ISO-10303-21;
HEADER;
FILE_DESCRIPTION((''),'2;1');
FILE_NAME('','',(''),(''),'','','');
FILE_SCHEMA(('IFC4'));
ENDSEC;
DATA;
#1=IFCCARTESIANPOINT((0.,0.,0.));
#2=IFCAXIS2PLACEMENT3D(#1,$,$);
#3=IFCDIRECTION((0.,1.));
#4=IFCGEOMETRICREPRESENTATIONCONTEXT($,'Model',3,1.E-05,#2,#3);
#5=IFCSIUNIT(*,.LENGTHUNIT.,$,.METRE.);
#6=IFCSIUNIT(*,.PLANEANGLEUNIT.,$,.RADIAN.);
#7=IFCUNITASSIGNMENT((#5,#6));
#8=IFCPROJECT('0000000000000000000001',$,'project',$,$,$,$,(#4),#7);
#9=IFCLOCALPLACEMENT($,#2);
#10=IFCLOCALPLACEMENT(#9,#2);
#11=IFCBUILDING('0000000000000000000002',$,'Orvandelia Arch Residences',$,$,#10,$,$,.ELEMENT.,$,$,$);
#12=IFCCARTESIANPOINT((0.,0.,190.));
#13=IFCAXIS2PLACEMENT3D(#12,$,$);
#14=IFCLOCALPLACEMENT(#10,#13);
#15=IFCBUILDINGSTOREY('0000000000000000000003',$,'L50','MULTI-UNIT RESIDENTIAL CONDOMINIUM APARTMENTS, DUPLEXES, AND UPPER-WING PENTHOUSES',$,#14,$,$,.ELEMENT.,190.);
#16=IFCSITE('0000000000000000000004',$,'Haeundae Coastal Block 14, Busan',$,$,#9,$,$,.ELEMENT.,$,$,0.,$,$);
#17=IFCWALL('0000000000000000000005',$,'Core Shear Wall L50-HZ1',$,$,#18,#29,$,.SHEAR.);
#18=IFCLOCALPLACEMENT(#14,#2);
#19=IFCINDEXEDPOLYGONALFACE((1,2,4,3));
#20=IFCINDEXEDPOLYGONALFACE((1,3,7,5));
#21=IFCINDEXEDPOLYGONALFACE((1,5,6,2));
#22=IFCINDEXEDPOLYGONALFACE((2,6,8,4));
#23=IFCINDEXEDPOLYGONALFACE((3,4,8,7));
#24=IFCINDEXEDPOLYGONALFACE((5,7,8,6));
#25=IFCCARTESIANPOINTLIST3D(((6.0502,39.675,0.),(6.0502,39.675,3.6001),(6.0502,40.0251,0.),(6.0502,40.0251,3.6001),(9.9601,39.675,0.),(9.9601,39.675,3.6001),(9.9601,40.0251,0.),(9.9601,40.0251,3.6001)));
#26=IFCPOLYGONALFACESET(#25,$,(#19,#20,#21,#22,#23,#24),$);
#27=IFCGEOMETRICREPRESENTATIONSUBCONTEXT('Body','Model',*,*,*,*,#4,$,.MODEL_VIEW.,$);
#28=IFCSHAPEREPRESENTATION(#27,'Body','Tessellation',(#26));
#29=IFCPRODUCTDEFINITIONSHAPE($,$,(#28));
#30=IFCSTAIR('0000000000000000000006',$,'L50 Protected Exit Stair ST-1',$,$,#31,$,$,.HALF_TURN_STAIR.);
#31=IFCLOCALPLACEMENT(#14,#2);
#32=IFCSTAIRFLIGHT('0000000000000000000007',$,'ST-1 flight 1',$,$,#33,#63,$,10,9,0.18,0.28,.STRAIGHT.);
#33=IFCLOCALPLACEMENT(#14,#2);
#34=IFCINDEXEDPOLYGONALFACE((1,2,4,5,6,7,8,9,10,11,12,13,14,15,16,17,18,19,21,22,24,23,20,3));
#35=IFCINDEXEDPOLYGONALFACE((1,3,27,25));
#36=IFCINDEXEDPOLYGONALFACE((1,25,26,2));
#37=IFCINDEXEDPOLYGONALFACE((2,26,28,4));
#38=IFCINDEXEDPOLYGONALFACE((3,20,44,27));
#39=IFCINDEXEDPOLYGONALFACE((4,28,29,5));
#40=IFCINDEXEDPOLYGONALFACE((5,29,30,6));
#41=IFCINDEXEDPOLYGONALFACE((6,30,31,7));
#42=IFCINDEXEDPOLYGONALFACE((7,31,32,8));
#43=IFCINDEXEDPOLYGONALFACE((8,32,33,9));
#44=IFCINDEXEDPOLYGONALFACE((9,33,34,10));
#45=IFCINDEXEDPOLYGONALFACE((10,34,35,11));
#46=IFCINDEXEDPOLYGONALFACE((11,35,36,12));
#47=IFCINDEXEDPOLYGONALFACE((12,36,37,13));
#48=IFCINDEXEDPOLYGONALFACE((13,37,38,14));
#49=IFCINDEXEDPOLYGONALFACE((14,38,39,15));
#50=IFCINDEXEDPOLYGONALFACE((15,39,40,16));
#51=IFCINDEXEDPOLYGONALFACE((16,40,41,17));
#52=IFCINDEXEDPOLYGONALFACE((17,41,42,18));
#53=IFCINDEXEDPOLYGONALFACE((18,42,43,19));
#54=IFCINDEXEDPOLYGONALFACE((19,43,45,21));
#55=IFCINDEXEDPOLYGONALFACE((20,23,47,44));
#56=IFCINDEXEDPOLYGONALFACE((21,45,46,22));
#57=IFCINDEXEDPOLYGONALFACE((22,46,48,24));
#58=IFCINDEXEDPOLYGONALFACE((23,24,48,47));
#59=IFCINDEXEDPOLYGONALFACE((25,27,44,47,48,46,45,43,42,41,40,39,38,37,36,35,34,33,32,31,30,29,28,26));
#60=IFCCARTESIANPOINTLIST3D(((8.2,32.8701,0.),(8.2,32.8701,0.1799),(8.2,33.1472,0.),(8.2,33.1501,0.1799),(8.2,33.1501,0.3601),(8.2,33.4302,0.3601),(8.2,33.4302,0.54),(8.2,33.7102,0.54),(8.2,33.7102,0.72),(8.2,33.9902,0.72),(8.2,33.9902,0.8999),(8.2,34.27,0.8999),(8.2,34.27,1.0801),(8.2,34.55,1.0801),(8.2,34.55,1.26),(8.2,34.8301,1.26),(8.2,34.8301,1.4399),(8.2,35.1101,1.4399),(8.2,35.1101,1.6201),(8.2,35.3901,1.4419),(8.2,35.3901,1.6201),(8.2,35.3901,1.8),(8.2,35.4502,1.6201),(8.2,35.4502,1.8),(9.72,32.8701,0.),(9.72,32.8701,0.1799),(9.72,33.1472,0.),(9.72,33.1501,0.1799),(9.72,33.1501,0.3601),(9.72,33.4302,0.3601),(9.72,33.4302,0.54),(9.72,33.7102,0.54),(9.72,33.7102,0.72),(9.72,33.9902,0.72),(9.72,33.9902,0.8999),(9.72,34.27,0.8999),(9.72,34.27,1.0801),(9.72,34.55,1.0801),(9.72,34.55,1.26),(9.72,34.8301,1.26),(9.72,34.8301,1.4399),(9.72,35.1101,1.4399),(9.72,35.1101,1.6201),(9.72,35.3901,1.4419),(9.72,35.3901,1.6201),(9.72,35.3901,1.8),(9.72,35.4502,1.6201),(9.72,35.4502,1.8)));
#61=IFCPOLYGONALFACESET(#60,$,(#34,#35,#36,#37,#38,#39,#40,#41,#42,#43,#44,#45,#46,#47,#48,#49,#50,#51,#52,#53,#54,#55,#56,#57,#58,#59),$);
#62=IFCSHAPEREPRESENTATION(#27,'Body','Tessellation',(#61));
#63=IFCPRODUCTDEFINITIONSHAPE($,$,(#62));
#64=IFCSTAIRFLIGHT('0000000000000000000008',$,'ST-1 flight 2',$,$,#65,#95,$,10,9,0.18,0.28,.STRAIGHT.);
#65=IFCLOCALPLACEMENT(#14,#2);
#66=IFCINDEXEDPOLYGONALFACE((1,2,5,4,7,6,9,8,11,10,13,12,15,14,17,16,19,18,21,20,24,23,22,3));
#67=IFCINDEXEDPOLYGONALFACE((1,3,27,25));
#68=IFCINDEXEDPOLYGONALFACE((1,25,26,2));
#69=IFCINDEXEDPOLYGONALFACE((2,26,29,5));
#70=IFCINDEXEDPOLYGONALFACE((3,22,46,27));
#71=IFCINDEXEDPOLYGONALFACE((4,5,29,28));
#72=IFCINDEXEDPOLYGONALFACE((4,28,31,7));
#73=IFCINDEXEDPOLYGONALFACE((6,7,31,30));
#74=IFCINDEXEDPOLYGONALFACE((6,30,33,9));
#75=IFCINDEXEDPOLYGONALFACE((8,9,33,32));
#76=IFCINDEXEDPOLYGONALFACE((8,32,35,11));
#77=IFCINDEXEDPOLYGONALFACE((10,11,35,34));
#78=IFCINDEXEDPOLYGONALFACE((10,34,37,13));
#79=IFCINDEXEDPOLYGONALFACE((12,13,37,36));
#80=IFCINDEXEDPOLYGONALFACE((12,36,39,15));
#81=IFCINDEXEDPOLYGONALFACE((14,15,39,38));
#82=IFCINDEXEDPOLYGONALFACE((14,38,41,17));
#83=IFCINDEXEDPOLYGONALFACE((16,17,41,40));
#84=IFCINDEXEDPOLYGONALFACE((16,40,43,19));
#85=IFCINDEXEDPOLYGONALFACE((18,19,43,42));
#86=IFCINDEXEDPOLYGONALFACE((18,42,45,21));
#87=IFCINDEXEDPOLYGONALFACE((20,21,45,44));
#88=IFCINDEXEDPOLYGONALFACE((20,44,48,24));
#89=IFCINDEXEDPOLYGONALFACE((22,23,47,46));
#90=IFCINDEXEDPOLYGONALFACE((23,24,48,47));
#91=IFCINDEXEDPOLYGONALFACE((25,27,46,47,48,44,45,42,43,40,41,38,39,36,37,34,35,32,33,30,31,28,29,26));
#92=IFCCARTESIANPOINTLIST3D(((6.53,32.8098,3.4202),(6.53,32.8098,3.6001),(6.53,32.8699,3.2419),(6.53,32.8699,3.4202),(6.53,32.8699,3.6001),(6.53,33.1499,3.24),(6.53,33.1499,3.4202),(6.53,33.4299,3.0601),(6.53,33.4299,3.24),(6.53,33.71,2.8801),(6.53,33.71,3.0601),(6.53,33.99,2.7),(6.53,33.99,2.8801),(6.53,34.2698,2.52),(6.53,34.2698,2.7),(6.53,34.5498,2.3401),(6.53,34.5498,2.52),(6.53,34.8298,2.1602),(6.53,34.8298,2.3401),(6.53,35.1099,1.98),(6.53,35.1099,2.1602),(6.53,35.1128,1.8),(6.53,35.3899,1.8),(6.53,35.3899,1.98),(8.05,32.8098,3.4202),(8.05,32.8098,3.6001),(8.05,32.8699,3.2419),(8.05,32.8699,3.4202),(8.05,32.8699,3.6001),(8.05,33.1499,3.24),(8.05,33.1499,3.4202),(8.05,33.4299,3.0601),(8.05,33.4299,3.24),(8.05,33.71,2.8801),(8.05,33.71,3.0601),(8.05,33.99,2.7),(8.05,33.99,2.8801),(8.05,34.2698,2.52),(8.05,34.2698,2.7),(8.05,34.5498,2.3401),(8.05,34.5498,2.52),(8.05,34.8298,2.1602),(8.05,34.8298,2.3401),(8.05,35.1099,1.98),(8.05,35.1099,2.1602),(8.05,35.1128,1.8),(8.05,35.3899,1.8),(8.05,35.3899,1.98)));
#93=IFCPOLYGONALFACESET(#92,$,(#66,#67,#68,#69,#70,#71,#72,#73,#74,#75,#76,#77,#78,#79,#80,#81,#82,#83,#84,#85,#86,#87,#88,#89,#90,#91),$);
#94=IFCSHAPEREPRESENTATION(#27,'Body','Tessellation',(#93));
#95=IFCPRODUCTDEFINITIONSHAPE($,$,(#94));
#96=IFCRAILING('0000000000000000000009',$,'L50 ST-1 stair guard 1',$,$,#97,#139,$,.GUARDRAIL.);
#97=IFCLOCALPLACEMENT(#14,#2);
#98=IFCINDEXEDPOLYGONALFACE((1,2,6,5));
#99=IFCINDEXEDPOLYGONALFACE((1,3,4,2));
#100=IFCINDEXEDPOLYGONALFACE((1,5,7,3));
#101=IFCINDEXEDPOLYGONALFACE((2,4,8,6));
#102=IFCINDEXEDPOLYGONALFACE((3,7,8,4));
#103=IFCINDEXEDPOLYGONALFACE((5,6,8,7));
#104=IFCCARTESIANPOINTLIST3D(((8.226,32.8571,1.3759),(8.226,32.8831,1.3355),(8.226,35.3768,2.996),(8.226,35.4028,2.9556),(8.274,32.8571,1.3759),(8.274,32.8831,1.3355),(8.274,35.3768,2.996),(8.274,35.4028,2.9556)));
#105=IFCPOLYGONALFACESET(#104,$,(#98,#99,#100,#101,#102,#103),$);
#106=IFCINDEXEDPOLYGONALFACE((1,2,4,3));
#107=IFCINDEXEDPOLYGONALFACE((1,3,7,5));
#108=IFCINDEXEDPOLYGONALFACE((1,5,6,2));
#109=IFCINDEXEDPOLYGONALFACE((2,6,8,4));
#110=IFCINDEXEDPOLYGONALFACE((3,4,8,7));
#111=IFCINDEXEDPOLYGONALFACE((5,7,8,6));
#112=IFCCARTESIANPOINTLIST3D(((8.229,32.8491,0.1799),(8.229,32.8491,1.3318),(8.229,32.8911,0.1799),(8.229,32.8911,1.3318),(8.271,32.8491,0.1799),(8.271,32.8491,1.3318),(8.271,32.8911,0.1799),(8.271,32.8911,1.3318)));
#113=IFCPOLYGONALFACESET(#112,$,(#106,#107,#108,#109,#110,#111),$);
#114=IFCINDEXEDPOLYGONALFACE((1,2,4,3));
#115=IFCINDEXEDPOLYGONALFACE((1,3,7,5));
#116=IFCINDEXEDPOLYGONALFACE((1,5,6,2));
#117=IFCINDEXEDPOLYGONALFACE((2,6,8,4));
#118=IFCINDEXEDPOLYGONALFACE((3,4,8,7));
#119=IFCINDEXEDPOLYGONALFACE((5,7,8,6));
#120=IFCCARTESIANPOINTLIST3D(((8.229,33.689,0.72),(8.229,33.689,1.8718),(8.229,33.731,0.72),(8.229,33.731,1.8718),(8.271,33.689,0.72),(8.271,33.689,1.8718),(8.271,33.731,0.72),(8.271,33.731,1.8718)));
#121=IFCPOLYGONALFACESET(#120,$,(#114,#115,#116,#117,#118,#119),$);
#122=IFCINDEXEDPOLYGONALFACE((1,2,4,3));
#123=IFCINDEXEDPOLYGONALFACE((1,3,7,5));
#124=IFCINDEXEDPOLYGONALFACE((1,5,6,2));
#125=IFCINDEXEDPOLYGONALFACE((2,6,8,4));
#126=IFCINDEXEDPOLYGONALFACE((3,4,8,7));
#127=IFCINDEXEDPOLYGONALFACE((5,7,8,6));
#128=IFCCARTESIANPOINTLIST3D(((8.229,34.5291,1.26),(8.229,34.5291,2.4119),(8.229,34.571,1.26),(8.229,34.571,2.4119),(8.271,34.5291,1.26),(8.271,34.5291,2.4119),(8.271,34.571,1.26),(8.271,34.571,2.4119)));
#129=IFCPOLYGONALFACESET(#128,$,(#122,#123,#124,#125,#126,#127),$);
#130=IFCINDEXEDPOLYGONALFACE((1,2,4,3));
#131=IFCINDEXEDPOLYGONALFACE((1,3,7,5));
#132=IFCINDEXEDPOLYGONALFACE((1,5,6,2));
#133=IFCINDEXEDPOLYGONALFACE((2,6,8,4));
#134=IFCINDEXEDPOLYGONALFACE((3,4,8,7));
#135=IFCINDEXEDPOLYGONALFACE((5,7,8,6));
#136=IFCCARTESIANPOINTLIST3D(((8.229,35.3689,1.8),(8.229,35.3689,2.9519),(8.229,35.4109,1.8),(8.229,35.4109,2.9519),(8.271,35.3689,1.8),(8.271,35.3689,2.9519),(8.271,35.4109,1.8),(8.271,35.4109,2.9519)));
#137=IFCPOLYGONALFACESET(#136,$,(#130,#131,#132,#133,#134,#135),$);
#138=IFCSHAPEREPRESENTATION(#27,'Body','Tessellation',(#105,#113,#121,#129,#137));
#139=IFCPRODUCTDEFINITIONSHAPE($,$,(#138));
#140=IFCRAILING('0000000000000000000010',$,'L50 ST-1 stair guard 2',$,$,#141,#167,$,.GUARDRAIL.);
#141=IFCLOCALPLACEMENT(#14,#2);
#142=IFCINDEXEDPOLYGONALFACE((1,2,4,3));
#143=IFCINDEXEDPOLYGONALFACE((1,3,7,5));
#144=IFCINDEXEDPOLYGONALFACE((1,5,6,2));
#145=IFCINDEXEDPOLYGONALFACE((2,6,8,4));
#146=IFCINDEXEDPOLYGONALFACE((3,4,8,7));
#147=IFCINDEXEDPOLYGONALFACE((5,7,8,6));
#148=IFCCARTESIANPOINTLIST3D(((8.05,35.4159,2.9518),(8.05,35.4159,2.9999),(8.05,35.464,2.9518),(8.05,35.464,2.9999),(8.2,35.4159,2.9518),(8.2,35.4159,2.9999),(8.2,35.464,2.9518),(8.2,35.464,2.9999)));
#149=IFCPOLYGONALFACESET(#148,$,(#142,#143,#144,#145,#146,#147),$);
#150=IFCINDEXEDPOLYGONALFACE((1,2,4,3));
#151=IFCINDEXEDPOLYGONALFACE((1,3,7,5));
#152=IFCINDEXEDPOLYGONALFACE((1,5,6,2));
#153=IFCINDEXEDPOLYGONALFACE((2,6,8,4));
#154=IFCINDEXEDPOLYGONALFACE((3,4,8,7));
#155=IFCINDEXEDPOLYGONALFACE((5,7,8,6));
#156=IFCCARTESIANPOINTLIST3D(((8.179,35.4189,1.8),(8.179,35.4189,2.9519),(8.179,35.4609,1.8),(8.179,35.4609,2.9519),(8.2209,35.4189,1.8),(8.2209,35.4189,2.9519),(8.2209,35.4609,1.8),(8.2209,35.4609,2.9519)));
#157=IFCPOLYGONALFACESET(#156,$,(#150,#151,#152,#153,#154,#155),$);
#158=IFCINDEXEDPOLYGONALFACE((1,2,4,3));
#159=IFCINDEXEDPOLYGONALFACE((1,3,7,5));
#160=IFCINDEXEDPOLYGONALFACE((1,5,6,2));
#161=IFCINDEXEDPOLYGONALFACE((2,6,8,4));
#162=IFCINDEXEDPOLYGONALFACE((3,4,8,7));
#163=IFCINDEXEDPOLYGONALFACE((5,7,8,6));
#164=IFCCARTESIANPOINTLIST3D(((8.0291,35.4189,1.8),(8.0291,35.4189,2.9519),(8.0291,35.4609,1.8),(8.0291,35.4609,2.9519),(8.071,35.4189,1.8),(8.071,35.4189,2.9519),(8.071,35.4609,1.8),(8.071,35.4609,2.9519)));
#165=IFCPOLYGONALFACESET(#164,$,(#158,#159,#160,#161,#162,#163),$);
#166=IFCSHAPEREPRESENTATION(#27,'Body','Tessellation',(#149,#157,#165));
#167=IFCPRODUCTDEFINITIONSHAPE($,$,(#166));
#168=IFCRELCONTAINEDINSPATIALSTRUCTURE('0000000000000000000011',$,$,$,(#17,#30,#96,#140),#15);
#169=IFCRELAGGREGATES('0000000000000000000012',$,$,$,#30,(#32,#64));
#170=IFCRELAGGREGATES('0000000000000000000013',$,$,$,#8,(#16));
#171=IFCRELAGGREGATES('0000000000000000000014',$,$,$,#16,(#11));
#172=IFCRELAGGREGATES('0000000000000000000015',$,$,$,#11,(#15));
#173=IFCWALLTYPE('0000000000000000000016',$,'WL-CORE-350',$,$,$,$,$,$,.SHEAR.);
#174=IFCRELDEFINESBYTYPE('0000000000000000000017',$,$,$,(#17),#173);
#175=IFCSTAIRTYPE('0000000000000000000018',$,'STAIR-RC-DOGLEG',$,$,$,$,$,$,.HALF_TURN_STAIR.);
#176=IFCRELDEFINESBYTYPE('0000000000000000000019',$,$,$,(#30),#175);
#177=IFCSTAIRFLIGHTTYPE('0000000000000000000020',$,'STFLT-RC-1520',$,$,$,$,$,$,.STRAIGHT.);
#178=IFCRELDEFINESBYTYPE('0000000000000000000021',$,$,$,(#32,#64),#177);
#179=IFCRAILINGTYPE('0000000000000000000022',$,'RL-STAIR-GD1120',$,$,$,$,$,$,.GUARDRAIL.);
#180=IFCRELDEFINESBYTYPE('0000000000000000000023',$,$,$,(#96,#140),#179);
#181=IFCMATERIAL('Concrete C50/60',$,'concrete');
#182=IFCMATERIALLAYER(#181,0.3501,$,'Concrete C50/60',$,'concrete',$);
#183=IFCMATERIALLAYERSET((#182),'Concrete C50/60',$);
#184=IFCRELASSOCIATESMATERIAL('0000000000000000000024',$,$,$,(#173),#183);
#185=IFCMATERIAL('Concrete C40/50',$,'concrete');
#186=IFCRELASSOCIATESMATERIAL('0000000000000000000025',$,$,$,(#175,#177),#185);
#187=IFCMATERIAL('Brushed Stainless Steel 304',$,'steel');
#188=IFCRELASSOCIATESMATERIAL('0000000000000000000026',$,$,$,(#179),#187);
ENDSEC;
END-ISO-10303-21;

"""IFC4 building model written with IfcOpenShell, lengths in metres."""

from ifc_helpers import new_model, si_unit, direction, frame, frame_2d, origin, origin_2d, place, context, subcontext, project, spatial, polyline, rectangle, outline, extrude, material, layer, layer_set, type_object, element, aggregate, save


model = new_model("IFC4")

# Units and contexts
model_context = context("Model", 3, precision=1e-05, world=origin(), true_north=direction((0.0, 1.0)))
body_context = subcontext(model_context, "Body", "Model", "MODEL_VIEW")
ifc_project = project(units=[si_unit("LENGTHUNIT", "METRE"), si_unit("PLANEANGLEUNIT", "RADIAN")], contexts=[model_context])

# Site, building, storey
site_placement = place(None, origin())
site = spatial("IfcSite", under=ifc_project, at=site_placement, Name="Haeundae Coastal Block 14, Busan", CompositionType="ELEMENT", RefElevation=0.0)
building_placement = place(site_placement, origin())
building = spatial("IfcBuilding", under=site, at=building_placement, Name="Orvandelia Arch Residences", CompositionType="ELEMENT")
storey_placement = place(building_placement, frame((0.0, 0.0, 190.0)))
storey = spatial("IfcBuildingStorey", under=building, at=storey_placement, Name="L50", Description="MULTI-UNIT RESIDENTIAL CONDOMINIUM APARTMENTS, DUPLEXES, AND UPPER-WING PENTHOUSES", CompositionType="ELEMENT", Elevation=190.0)

# Shared definitions
ifc_material_1 = material(Name="Concrete C50/60", Category="concrete")
ifc_layer = layer(ifc_material_1, 0.3501, Name="Concrete C50/60", Category="concrete")
ifc_layer_set = layer_set([ifc_layer], Name="Concrete C50/60")
wall_type = type_object("IfcWallType", Name="WL-CORE-350", PredefinedType="SHEAR", material=ifc_layer_set)

# Wall
wall_1_placement = place(storey_placement, frame((6.05, 39.8501, 0.0), z_axis=(0.0, 0.0, 1.0), x_axis=(1.0, 0.0, 0.0)))
element("IfcWall", 1, at=wall_1_placement, inside=storey, type_object=wall_type, Name="Core Shear Wall L50-HZ1", PredefinedType="SHEAR", context=body_context, shape_type="SweptSolid", body=[
    extrude(rectangle(XDim=3.9099, YDim=0.3501, at=frame_2d((1.9551, 0.0))), origin(), (0.0, 0.0, 1.0), 3.6001),
])

# Stair, stair flights
ifc_material_2 = material(Name="Concrete C40/50", Category="concrete")
stair_type = type_object("IfcStairType", Name="STAIR-RC-DOGLEG", PredefinedType="HALF_TURN_STAIR", material=ifc_material_2)
stair_placement = place(storey_placement, origin())
stair = element("IfcStair", 2, at=stair_placement, inside=storey, type_object=stair_type, Name="L50 Protected Exit Stair ST-1", PredefinedType="HALF_TURN_STAIR")
stair_flight_type = type_object("IfcStairFlightType", Name="STFLT-RC-1520", PredefinedType="STRAIGHT", material=ifc_material_2)
stair_flight_1_placement = place(storey_placement, frame((8.96, 32.8701, 0.0), z_axis=(0.0, 0.0, 1.0), x_axis=(0.0, 1.0, 0.0)))
stair_flight_1 = element("IfcStairFlight", 3, at=stair_flight_1_placement, type_object=stair_flight_type, Name="ST-1 flight 1", NumberOfRisers=10, NumberOfTreads=9, PredefinedType="STRAIGHT", RiserHeight=0.18, TreadLength=0.28, context=body_context, shape_type="SweptSolid", body=[
    extrude(outline(polyline([(0.0, 0.0), (0.0, 0.1799), (0.28, 0.1799), (0.28, 0.3601), (0.5601, 0.3601), (0.5601, 0.54), (0.8401, 0.54), (0.8401, 0.72), (1.1201, 0.72), (1.1201, 0.8999), (1.3999, 0.8999), (1.3999, 1.0801), (1.6799, 1.0801), (1.6799, 1.26), (1.96, 1.26), (1.96, 1.4399), (2.24, 1.4399), (2.24, 1.6201), (2.52, 1.6201), (2.52, 1.8), (2.5801, 1.8), (2.5801, 1.6201), (2.52, 1.4419), (0.2771, 0.0), (0.0, 0.0)])), frame((0.0, 0.76, 0.0), z_axis=(0.0, -1.0, 0.0), x_axis=(1.0, 0.0, 0.0)), (0.0, 0.0, 1.0), 1.52),
])
stair_flight_2_placement = place(storey_placement, frame((7.29, 35.3899, 1.8), z_axis=(0.0, 0.0, 1.0), x_axis=(0.0, -1.0, 0.0)))
stair_flight_2 = element("IfcStairFlight", 4, at=stair_flight_2_placement, type_object=stair_flight_type, Name="ST-1 flight 2", NumberOfRisers=10, NumberOfTreads=9, PredefinedType="STRAIGHT", RiserHeight=0.18, TreadLength=0.28, context=body_context, shape_type="SweptSolid", body=[
    extrude(outline(polyline([(0.0, 0.0), (0.0, 0.1799), (0.28, 0.1799), (0.28, 0.3601), (0.5601, 0.3601), (0.5601, 0.54), (0.8401, 0.54), (0.8401, 0.72), (1.1201, 0.72), (1.1201, 0.8999), (1.3999, 0.8999), (1.3999, 1.0801), (1.6799, 1.0801), (1.6799, 1.26), (1.96, 1.26), (1.96, 1.4399), (2.24, 1.4399), (2.24, 1.6201), (2.52, 1.6201), (2.52, 1.8), (2.5801, 1.8), (2.5801, 1.6201), (2.52, 1.4419), (0.2771, 0.0), (0.0, 0.0)])), frame((0.0, 0.76, 0.0), z_axis=(0.0, -1.0, 0.0), x_axis=(1.0, 0.0, 0.0)), (0.0, 0.0, 1.0), 1.52),
])
aggregate(stair, [stair_flight_1, stair_flight_2])

# Railings
ifc_material_3 = material(Name="Brushed Stainless Steel 304", Category="steel")
railing_type_1 = type_object("IfcRailingType", Name="RL-STAIR-GD1120", PredefinedType="GUARDRAIL", material=ifc_material_3)
railing_1_placement = place(storey_placement, frame((8.25, 32.8701, 0.1799)))
element("IfcRailing", 5, at=railing_1_placement, inside=storey, type_object=railing_type_1, Name="L50 ST-1 stair guard 1", PredefinedType="GUARDRAIL", context=body_context, shape_type="SweptSolid", body=[
    extrude(rectangle(XDim=0.0481, YDim=0.0481, at=origin_2d()), frame((0.0, 0.0, 1.1758), z_axis=(0.0, 0.841139, 0.540819), x_axis=(-1.0, 0.0, 0.0)), (0.0, 0.0, 1.0), 2.9956),
    extrude(rectangle(XDim=0.042, YDim=0.042, at=origin_2d()), origin(), (0.0, 0.0, 1.0), 1.1519),
    extrude(rectangle(XDim=0.042, YDim=0.042, at=origin_2d()), frame((0.0, 0.8398, 0.54)), (0.0, 0.0, 1.0), 1.1519),
    extrude(rectangle(XDim=0.042, YDim=0.042, at=origin_2d()), frame((0.0, 1.6799, 1.0801)), (0.0, 0.0, 1.0), 1.1519),
    extrude(rectangle(XDim=0.042, YDim=0.042, at=origin_2d()), frame((0.0, 2.5198, 1.6201)), (0.0, 0.0, 1.0), 1.1519),
])
railing_2_placement = place(storey_placement, frame((8.2, 35.4399, 1.8)))
element("IfcRailing", 6, at=railing_2_placement, inside=storey, type_object=railing_type_1, Name="L50 ST-1 stair guard 2", PredefinedType="GUARDRAIL", context=body_context, shape_type="SweptSolid", body=[
    extrude(rectangle(XDim=0.0481, YDim=0.0481, at=origin_2d()), frame((0.0, 0.0, 1.1758), z_axis=(-1.0, 0.0, 0.0), x_axis=(0.0, -1.0, 0.0)), (0.0, 0.0, 1.0), 0.1499),
    extrude(rectangle(XDim=0.042, YDim=0.042, at=origin_2d()), origin(), (0.0, 0.0, 1.0), 1.1519),
    extrude(rectangle(XDim=0.042, YDim=0.042, at=origin_2d()), frame((-0.1499, 0.0, 0.0)), (0.0, 0.0, 1.0), 1.1519),
])

save(model, "model.ifc")
